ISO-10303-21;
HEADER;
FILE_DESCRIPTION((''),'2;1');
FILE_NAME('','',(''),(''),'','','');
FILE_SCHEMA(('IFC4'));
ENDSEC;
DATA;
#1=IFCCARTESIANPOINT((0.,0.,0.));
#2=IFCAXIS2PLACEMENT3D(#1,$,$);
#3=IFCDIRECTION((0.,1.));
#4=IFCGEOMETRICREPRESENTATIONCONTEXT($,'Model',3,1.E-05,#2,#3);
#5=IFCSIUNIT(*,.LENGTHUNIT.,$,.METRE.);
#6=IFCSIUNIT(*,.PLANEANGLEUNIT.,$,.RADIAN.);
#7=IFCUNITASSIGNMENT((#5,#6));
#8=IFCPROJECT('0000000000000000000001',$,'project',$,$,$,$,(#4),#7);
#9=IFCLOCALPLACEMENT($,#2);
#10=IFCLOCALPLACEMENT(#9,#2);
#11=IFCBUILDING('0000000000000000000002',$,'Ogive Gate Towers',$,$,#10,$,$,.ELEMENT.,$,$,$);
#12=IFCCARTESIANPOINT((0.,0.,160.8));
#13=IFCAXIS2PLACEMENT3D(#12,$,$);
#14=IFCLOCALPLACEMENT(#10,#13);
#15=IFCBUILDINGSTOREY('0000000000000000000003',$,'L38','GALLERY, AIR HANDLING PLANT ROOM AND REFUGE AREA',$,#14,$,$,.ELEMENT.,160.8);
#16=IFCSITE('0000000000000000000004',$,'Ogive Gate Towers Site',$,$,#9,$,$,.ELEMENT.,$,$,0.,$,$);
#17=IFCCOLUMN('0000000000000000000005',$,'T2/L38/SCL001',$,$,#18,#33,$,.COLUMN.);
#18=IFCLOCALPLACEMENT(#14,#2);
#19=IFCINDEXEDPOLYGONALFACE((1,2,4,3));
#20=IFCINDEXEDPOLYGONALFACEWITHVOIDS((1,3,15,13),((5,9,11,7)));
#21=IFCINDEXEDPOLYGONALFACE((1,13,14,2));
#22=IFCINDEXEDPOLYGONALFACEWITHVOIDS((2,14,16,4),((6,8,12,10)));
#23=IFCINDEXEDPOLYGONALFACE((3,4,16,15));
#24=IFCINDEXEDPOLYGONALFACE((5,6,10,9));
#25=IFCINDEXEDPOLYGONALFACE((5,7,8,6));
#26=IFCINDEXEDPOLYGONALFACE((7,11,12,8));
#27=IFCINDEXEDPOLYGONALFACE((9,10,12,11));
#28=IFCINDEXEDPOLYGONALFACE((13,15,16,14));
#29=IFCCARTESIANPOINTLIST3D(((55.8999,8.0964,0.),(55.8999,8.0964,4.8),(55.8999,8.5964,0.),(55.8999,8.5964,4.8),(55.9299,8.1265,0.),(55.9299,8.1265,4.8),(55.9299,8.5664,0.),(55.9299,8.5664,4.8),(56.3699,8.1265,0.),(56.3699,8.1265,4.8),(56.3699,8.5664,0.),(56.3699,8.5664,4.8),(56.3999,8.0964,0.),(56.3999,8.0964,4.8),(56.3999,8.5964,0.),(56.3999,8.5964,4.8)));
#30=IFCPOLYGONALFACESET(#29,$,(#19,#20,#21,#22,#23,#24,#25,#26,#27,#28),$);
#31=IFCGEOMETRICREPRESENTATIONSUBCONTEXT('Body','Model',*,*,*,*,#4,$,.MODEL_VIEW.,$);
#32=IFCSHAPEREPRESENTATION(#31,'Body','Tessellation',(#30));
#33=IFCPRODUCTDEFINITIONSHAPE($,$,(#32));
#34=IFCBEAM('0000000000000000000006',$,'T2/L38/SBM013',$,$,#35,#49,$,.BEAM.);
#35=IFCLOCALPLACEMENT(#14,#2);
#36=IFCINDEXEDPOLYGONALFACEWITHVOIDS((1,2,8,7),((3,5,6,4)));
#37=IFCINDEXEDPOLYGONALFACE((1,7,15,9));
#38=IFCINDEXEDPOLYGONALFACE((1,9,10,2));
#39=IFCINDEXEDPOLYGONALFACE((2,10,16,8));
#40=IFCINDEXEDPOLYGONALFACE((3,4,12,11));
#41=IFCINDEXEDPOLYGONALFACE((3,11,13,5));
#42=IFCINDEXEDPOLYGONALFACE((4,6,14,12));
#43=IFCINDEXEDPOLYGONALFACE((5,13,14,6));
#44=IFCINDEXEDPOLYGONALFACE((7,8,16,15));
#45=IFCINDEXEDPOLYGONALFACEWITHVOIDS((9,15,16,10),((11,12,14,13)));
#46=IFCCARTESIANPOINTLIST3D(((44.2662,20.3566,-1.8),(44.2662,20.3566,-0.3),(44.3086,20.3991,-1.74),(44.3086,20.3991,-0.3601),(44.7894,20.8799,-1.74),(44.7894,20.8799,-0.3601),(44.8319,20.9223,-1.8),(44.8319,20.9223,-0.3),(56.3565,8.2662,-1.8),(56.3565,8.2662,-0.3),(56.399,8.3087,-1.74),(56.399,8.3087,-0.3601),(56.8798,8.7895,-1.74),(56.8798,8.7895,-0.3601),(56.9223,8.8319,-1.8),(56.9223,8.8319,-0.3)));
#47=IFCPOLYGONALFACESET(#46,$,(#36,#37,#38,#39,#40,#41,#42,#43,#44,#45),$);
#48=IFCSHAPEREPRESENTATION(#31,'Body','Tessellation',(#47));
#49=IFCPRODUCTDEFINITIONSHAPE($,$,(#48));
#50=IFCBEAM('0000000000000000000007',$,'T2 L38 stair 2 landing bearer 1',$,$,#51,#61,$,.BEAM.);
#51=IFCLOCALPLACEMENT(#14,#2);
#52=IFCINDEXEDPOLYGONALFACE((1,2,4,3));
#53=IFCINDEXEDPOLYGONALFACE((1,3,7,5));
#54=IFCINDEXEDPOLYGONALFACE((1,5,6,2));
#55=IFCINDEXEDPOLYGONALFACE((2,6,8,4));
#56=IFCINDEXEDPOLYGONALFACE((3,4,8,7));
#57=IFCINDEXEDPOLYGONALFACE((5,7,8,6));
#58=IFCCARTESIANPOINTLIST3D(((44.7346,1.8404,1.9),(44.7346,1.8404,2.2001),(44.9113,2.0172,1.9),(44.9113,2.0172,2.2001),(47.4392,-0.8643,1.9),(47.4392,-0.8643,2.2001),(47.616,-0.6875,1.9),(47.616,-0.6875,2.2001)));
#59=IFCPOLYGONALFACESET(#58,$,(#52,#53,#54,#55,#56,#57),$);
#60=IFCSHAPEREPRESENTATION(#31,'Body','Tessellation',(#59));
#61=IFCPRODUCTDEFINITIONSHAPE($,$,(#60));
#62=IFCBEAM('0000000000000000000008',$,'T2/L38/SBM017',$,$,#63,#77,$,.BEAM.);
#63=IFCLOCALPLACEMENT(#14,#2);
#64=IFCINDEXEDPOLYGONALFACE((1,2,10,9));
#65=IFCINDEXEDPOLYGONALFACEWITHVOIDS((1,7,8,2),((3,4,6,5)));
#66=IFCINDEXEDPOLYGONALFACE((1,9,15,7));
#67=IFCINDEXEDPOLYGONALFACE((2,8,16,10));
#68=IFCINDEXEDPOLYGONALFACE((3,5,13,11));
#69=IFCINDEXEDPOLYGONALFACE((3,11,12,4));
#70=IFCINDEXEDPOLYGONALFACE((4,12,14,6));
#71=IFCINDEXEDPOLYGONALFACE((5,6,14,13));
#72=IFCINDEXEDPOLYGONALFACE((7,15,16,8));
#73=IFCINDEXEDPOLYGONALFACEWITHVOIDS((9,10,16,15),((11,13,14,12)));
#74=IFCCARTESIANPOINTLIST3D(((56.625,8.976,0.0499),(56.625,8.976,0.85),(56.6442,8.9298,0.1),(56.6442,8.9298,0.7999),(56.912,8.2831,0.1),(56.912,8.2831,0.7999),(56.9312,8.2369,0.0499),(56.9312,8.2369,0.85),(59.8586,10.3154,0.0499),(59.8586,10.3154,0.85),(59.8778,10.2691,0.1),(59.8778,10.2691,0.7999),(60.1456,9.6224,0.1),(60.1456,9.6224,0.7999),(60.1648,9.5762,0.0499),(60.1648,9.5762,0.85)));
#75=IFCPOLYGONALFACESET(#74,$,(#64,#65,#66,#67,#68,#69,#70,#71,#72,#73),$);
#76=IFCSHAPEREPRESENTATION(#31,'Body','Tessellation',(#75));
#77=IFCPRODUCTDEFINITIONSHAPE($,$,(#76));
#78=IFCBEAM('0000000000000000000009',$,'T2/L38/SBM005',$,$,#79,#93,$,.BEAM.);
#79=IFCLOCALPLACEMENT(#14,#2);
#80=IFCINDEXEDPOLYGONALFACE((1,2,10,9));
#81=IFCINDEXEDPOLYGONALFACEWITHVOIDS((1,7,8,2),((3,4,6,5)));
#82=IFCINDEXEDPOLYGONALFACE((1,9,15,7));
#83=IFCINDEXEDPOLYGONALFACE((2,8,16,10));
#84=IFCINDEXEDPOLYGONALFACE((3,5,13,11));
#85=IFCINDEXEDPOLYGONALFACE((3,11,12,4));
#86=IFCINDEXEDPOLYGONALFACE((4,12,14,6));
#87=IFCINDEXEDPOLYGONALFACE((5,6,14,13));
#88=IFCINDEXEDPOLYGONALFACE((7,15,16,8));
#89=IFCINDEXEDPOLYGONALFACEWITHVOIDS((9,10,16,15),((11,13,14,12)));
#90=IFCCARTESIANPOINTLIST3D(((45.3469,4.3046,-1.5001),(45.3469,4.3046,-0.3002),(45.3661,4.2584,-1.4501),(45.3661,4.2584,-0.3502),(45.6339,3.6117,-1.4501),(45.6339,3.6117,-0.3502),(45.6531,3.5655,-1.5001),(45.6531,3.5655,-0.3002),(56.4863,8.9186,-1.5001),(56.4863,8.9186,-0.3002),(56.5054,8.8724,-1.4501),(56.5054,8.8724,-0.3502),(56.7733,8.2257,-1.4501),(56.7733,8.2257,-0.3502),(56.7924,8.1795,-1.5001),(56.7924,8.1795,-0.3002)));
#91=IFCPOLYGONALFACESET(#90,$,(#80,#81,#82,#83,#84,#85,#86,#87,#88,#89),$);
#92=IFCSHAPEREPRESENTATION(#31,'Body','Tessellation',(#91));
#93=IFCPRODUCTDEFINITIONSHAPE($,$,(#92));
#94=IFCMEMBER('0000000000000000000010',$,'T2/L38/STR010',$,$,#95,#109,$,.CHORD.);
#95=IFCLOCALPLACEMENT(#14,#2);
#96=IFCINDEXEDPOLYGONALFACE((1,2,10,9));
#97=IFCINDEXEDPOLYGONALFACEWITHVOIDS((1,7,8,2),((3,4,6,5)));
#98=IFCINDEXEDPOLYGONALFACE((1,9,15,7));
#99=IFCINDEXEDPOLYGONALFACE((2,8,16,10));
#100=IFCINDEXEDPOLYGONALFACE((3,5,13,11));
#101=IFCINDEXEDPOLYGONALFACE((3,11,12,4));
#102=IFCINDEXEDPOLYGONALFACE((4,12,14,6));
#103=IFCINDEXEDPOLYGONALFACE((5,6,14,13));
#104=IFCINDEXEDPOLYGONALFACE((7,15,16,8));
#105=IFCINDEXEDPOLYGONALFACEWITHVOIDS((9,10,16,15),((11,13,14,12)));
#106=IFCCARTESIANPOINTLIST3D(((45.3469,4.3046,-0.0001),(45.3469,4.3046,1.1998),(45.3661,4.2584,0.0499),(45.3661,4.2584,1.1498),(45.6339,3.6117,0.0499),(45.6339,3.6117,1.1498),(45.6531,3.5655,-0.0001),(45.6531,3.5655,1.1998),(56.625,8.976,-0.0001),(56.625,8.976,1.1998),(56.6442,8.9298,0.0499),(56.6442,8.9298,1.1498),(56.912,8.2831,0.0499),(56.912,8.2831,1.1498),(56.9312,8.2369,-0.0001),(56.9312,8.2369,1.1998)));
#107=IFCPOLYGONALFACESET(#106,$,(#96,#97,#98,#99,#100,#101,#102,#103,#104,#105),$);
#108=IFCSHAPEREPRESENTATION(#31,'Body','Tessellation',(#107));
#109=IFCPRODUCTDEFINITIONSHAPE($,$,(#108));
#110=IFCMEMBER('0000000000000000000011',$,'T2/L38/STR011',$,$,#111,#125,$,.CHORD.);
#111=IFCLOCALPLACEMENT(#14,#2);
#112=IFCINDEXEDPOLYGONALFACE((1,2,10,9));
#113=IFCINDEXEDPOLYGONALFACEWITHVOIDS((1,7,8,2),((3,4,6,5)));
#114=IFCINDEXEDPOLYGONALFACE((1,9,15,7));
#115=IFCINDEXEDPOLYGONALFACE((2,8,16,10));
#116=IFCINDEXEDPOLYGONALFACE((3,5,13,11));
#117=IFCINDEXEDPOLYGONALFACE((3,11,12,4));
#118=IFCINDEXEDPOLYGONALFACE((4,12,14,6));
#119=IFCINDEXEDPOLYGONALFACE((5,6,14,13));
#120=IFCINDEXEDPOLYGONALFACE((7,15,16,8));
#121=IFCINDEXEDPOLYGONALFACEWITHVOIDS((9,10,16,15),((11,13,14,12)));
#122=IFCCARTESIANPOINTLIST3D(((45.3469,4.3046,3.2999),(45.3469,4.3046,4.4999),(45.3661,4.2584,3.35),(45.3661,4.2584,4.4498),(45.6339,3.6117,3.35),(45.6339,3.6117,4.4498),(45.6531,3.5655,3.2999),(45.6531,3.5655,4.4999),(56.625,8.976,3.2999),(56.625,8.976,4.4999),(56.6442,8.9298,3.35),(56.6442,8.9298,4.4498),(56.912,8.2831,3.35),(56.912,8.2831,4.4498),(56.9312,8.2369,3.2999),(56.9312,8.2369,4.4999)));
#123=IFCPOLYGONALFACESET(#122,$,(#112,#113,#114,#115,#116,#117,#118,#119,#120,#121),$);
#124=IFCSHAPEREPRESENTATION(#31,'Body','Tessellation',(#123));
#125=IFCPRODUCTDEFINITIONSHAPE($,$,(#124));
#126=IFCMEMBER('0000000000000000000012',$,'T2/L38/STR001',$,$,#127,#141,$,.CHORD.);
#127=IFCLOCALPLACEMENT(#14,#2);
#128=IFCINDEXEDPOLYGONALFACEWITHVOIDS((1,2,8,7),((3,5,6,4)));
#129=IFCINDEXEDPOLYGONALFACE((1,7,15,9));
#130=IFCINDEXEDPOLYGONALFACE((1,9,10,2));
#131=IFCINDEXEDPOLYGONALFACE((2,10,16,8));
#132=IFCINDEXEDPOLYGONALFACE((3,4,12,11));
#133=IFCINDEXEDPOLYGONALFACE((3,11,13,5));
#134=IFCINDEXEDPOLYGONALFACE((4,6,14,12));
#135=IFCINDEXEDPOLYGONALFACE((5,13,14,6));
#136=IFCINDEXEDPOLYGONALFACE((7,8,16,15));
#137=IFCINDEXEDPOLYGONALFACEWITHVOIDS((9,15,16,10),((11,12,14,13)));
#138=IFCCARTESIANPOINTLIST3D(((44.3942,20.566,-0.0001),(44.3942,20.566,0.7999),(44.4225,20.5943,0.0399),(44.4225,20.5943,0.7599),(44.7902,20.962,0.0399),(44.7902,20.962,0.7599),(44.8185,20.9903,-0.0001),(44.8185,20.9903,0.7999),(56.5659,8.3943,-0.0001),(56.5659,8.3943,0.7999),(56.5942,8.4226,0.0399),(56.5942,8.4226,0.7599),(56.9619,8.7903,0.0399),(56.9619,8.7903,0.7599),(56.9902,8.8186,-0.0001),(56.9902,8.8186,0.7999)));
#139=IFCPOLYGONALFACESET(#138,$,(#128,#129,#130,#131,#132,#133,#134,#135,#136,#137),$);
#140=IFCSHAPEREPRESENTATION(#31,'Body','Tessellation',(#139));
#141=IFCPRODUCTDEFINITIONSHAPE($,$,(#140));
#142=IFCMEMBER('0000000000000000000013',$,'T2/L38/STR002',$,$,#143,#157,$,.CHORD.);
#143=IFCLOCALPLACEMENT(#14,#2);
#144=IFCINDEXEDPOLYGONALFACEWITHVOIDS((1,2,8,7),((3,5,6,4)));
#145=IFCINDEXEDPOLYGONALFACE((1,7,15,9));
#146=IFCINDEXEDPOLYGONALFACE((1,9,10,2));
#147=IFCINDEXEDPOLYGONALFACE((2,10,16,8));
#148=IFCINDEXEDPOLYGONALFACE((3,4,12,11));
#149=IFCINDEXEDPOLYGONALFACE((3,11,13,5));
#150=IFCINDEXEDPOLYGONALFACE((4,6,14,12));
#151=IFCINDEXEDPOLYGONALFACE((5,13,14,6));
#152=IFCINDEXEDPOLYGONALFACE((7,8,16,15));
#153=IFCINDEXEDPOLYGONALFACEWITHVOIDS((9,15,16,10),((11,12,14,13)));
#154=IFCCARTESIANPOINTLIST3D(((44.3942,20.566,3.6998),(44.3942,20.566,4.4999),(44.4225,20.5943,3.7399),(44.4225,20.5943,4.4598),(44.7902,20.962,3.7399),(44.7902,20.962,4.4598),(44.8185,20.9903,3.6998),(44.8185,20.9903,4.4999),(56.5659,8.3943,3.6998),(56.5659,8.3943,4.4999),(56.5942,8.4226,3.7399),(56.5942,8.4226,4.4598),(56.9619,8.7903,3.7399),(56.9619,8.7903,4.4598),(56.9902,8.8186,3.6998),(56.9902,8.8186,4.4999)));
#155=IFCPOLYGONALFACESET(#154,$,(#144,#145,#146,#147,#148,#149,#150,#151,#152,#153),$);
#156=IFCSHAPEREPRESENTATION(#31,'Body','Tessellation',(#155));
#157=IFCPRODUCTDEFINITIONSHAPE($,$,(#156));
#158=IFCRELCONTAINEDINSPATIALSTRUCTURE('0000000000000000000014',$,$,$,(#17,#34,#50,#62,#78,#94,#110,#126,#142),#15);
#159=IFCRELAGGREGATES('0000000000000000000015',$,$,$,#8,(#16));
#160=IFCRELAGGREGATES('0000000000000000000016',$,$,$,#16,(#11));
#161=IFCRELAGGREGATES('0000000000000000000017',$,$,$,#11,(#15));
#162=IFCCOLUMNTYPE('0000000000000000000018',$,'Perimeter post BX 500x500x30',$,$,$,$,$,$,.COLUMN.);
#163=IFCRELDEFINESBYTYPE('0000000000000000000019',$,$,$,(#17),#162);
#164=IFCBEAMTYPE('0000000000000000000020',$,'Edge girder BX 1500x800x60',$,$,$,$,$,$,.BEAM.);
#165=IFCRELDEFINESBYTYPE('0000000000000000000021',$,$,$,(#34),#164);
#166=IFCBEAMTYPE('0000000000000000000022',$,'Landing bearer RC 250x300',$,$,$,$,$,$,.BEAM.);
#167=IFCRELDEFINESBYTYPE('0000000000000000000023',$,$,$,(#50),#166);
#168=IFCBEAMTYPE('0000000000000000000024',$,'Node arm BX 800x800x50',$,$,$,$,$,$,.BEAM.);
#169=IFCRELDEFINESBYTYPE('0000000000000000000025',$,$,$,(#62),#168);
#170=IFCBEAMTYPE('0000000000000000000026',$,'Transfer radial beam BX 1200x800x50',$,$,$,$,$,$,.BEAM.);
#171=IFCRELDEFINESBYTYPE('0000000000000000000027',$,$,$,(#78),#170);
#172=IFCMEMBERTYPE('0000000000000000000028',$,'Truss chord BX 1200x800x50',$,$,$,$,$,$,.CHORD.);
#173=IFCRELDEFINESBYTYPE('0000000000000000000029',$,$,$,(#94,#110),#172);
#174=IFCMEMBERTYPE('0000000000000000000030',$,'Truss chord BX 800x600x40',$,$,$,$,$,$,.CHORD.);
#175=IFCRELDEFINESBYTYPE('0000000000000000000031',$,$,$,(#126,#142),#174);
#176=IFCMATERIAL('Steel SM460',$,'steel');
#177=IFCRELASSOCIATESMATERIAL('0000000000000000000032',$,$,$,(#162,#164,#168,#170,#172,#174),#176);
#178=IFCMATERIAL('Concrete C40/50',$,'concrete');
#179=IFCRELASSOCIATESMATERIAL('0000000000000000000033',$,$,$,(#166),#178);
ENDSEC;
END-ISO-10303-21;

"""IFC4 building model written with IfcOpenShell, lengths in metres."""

from ifc_helpers import new_model, si_unit, direction, frame, origin, origin_2d, place, context, subcontext, project, spatial, rectangle, hollow_rectangle, extrude, material, material_profile, profile_set, type_object, element, save


model = new_model("IFC4")

# Units and contexts
model_context = context("Model", 3, precision=1e-05, world=origin(), true_north=direction((0.0, 1.0)))
body_context = subcontext(model_context, "Body", "Model", "MODEL_VIEW")
ifc_project = project(units=[si_unit("LENGTHUNIT", "METRE"), si_unit("PLANEANGLEUNIT", "RADIAN")], contexts=[model_context])

# Site, building, storey
site_placement = place(None, origin())
site = spatial("IfcSite", under=ifc_project, at=site_placement, Name="Ogive Gate Towers Site", CompositionType="ELEMENT", RefElevation=0.0)
building_placement = place(site_placement, origin())
building = spatial("IfcBuilding", under=site, at=building_placement, Name="Ogive Gate Towers", CompositionType="ELEMENT")
storey_placement = place(building_placement, frame((0.0, 0.0, 160.8)))
storey = spatial("IfcBuildingStorey", under=building, at=storey_placement, Name="L38", Description="GALLERY, AIR HANDLING PLANT ROOM AND REFUGE AREA", CompositionType="ELEMENT", Elevation=160.8)

# Column
ifc_material_1 = material(Name="Steel SM460", Category="steel")
ifc_material_profile_1 = material_profile(ifc_material_1, hollow_rectangle(XDim=0.5, YDim=0.5, WallThickness=0.03, at=origin_2d()), Name="BX 500x500x30")
ifc_profile_set_1 = profile_set([ifc_material_profile_1], Name="Steel SM460")
column_type = type_object("IfcColumnType", Name="Perimeter post BX 500x500x30", PredefinedType="COLUMN", material=ifc_profile_set_1)
column_placement = place(storey_placement, frame((56.1499, 8.3464, 0.0), z_axis=(0.0, 0.0, 1.0), x_axis=(1.0, 0.0, 0.0)))
element("IfcColumn", 1, at=column_placement, inside=storey, type_object=column_type, Name="T2/L38/SCL001", PredefinedType="COLUMN", context=body_context, shape_type="SweptSolid", body=[
    extrude(hollow_rectangle(XDim=0.5, YDim=0.5, WallThickness=0.03, at=origin_2d()), origin(), (0.0, 0.0, 1.0), 4.8),
])

# Beams
ifc_material_profile_2 = material_profile(ifc_material_1, hollow_rectangle(XDim=0.8, YDim=1.5, WallThickness=0.0601, at=origin_2d()), Name="BX 1500x800x60")
ifc_profile_set_2 = profile_set([ifc_material_profile_2], Name="Steel SM460")
beam_type_1 = type_object("IfcBeamType", Name="Edge girder BX 1500x800x60", PredefinedType="BEAM", material=ifc_profile_set_2)
beam_1_placement = place(storey_placement, frame((56.6394, 8.5491, -1.05), z_axis=(-0.707107, 0.707107, 0.0), x_axis=(-0.707107, -0.707107, 0.0)))
element("IfcBeam", 2, at=beam_1_placement, inside=storey, type_object=beam_type_1, Name="T2/L38/SBM013", PredefinedType="BEAM", context=body_context, shape_type="SweptSolid", body=[
    extrude(hollow_rectangle(XDim=0.8, YDim=1.5, WallThickness=0.0601, at=origin_2d()), origin(), (0.0, 0.0, 1.0), 17.0984),
])
ifc_material_2 = material(Name="Concrete C40/50", Category="concrete")
ifc_material_profile_3 = material_profile(ifc_material_2, rectangle(XDim=0.25, YDim=0.3, at=origin_2d()), Name="RC 250x300")
ifc_profile_set_3 = profile_set([ifc_material_profile_3], Name="Concrete C40/50")
beam_type_2 = type_object("IfcBeamType", Name="Landing bearer RC 250x300", PredefinedType="BEAM", material=ifc_profile_set_3)
beam_2_placement = place(storey_placement, frame((47.5276, -0.7759, 2.05), z_axis=(-0.707107, 0.707107, 0.0), x_axis=(-0.707107, -0.707107, 0.0)))
element("IfcBeam", 3, at=beam_2_placement, inside=storey, type_object=beam_type_2, Name="T2 L38 stair 2 landing bearer 1", PredefinedType="BEAM", context=body_context, shape_type="SweptSolid", body=[
    extrude(rectangle(XDim=0.25, YDim=0.3, at=origin_2d()), origin(), (0.0, 0.0, 1.0), 3.825),
])
ifc_material_profile_4 = material_profile(ifc_material_1, hollow_rectangle(XDim=0.8, YDim=0.8, WallThickness=0.05, at=origin_2d()), Name="BX 800x800x50")
ifc_profile_set_4 = profile_set([ifc_material_profile_4], Name="Steel SM460")
beam_type_3 = type_object("IfcBeamType", Name="Node arm BX 800x800x50", PredefinedType="BEAM", material=ifc_profile_set_4)
beam_3_placement = place(storey_placement, frame((56.7781, 8.6064, 0.45), z_axis=(0.923886, 0.382668, 0.0), x_axis=(-0.382668, 0.923886, 0.0)))
element("IfcBeam", 4, at=beam_3_placement, inside=storey, type_object=beam_type_3, Name="T2/L38/SBM017", PredefinedType="BEAM", context=body_context, shape_type="SweptSolid", body=[
    extrude(hollow_rectangle(XDim=0.8, YDim=0.8, WallThickness=0.05, at=origin_2d()), origin(), (0.0, 0.0, 1.0), 3.5),
])
ifc_material_profile_5 = material_profile(ifc_material_1, hollow_rectangle(XDim=0.8, YDim=1.2, WallThickness=0.05, at=origin_2d()), Name="BX 1200x800x50")
ifc_profile_set_5 = profile_set([ifc_material_profile_5], Name="Steel SM460")
beam_type_4 = type_object("IfcBeamType", Name="Transfer radial beam BX 1200x800x50", PredefinedType="BEAM", material=ifc_profile_set_5)
beam_4_placement = place(storey_placement, frame((45.5, 3.9351, -0.9001), z_axis=(0.923882, 0.382678, 0.0), x_axis=(-0.382678, 0.923882, 0.0)))
element("IfcBeam", 5, at=beam_4_placement, inside=storey, type_object=beam_type_4, Name="T2/L38/SBM005", PredefinedType="BEAM", context=body_context, shape_type="SweptSolid", body=[
    extrude(hollow_rectangle(XDim=0.8, YDim=1.2, WallThickness=0.05, at=origin_2d()), origin(), (0.0, 0.0, 1.0), 12.0571),
])

# Members
ifc_material_profile_6 = material_profile(ifc_material_1, hollow_rectangle(XDim=0.8, YDim=1.2, WallThickness=0.05, at=origin_2d()), Name="BX 1200x800x50")
ifc_profile_set_6 = profile_set([ifc_material_profile_6], Name="Steel SM460")
member_type_1 = type_object("IfcMemberType", Name="Truss chord BX 1200x800x50", PredefinedType="CHORD", material=ifc_profile_set_6)
for number, where, z_axis, x_axis, name in (
    (6, (45.5, 3.9351, 0.5999), (0.923884, 0.382673, 0.0), (-0.382673, 0.923884, 0.0), "T2/L38/STR010"),
    (7, (45.5, 3.9351, 3.8999), (0.923884, 0.382673, 0.0), (-0.382673, 0.923884, 0.0), "T2/L38/STR011"),
):
    element("IfcMember", number, at=place(storey_placement, frame(where, z_axis=z_axis, x_axis=x_axis)), inside=storey, type_object=member_type_1, Name=name, PredefinedType="CHORD", context=body_context, shape_type="SweptSolid", body=[
        extrude(hollow_rectangle(XDim=0.8, YDim=1.2, WallThickness=0.05, at=origin_2d()), origin(), (0.0, 0.0, 1.0), 12.2073),
    ])
ifc_material_profile_7 = material_profile(ifc_material_1, hollow_rectangle(XDim=0.6001, YDim=0.8, WallThickness=0.04, at=origin_2d()), Name="BX 800x600x40")
ifc_profile_set_7 = profile_set([ifc_material_profile_7], Name="Steel SM460")
member_type_2 = type_object("IfcMemberType", Name="Truss chord BX 800x600x40", PredefinedType="CHORD", material=ifc_profile_set_7)
for number, where, z_axis, x_axis, name in (
    (8, (56.7781, 8.6064, 0.3999), (-0.707107, 0.707107, 0.0), (-0.707107, -0.707107, 0.0), "T2/L38/STR001"),
    (9, (56.7781, 8.6064, 4.0999), (-0.707107, 0.707107, 0.0), (-0.707107, -0.707107, 0.0), "T2/L38/STR002"),
):
    element("IfcMember", number, at=place(storey_placement, frame(where, z_axis=z_axis, x_axis=x_axis)), inside=storey, type_object=member_type_2, Name=name, PredefinedType="CHORD", context=body_context, shape_type="SweptSolid", body=[
        extrude(hollow_rectangle(XDim=0.6001, YDim=0.8, WallThickness=0.04, at=origin_2d()), origin(), (0.0, 0.0, 1.0), 17.2134),
    ])

save(model, "model.ifc")
